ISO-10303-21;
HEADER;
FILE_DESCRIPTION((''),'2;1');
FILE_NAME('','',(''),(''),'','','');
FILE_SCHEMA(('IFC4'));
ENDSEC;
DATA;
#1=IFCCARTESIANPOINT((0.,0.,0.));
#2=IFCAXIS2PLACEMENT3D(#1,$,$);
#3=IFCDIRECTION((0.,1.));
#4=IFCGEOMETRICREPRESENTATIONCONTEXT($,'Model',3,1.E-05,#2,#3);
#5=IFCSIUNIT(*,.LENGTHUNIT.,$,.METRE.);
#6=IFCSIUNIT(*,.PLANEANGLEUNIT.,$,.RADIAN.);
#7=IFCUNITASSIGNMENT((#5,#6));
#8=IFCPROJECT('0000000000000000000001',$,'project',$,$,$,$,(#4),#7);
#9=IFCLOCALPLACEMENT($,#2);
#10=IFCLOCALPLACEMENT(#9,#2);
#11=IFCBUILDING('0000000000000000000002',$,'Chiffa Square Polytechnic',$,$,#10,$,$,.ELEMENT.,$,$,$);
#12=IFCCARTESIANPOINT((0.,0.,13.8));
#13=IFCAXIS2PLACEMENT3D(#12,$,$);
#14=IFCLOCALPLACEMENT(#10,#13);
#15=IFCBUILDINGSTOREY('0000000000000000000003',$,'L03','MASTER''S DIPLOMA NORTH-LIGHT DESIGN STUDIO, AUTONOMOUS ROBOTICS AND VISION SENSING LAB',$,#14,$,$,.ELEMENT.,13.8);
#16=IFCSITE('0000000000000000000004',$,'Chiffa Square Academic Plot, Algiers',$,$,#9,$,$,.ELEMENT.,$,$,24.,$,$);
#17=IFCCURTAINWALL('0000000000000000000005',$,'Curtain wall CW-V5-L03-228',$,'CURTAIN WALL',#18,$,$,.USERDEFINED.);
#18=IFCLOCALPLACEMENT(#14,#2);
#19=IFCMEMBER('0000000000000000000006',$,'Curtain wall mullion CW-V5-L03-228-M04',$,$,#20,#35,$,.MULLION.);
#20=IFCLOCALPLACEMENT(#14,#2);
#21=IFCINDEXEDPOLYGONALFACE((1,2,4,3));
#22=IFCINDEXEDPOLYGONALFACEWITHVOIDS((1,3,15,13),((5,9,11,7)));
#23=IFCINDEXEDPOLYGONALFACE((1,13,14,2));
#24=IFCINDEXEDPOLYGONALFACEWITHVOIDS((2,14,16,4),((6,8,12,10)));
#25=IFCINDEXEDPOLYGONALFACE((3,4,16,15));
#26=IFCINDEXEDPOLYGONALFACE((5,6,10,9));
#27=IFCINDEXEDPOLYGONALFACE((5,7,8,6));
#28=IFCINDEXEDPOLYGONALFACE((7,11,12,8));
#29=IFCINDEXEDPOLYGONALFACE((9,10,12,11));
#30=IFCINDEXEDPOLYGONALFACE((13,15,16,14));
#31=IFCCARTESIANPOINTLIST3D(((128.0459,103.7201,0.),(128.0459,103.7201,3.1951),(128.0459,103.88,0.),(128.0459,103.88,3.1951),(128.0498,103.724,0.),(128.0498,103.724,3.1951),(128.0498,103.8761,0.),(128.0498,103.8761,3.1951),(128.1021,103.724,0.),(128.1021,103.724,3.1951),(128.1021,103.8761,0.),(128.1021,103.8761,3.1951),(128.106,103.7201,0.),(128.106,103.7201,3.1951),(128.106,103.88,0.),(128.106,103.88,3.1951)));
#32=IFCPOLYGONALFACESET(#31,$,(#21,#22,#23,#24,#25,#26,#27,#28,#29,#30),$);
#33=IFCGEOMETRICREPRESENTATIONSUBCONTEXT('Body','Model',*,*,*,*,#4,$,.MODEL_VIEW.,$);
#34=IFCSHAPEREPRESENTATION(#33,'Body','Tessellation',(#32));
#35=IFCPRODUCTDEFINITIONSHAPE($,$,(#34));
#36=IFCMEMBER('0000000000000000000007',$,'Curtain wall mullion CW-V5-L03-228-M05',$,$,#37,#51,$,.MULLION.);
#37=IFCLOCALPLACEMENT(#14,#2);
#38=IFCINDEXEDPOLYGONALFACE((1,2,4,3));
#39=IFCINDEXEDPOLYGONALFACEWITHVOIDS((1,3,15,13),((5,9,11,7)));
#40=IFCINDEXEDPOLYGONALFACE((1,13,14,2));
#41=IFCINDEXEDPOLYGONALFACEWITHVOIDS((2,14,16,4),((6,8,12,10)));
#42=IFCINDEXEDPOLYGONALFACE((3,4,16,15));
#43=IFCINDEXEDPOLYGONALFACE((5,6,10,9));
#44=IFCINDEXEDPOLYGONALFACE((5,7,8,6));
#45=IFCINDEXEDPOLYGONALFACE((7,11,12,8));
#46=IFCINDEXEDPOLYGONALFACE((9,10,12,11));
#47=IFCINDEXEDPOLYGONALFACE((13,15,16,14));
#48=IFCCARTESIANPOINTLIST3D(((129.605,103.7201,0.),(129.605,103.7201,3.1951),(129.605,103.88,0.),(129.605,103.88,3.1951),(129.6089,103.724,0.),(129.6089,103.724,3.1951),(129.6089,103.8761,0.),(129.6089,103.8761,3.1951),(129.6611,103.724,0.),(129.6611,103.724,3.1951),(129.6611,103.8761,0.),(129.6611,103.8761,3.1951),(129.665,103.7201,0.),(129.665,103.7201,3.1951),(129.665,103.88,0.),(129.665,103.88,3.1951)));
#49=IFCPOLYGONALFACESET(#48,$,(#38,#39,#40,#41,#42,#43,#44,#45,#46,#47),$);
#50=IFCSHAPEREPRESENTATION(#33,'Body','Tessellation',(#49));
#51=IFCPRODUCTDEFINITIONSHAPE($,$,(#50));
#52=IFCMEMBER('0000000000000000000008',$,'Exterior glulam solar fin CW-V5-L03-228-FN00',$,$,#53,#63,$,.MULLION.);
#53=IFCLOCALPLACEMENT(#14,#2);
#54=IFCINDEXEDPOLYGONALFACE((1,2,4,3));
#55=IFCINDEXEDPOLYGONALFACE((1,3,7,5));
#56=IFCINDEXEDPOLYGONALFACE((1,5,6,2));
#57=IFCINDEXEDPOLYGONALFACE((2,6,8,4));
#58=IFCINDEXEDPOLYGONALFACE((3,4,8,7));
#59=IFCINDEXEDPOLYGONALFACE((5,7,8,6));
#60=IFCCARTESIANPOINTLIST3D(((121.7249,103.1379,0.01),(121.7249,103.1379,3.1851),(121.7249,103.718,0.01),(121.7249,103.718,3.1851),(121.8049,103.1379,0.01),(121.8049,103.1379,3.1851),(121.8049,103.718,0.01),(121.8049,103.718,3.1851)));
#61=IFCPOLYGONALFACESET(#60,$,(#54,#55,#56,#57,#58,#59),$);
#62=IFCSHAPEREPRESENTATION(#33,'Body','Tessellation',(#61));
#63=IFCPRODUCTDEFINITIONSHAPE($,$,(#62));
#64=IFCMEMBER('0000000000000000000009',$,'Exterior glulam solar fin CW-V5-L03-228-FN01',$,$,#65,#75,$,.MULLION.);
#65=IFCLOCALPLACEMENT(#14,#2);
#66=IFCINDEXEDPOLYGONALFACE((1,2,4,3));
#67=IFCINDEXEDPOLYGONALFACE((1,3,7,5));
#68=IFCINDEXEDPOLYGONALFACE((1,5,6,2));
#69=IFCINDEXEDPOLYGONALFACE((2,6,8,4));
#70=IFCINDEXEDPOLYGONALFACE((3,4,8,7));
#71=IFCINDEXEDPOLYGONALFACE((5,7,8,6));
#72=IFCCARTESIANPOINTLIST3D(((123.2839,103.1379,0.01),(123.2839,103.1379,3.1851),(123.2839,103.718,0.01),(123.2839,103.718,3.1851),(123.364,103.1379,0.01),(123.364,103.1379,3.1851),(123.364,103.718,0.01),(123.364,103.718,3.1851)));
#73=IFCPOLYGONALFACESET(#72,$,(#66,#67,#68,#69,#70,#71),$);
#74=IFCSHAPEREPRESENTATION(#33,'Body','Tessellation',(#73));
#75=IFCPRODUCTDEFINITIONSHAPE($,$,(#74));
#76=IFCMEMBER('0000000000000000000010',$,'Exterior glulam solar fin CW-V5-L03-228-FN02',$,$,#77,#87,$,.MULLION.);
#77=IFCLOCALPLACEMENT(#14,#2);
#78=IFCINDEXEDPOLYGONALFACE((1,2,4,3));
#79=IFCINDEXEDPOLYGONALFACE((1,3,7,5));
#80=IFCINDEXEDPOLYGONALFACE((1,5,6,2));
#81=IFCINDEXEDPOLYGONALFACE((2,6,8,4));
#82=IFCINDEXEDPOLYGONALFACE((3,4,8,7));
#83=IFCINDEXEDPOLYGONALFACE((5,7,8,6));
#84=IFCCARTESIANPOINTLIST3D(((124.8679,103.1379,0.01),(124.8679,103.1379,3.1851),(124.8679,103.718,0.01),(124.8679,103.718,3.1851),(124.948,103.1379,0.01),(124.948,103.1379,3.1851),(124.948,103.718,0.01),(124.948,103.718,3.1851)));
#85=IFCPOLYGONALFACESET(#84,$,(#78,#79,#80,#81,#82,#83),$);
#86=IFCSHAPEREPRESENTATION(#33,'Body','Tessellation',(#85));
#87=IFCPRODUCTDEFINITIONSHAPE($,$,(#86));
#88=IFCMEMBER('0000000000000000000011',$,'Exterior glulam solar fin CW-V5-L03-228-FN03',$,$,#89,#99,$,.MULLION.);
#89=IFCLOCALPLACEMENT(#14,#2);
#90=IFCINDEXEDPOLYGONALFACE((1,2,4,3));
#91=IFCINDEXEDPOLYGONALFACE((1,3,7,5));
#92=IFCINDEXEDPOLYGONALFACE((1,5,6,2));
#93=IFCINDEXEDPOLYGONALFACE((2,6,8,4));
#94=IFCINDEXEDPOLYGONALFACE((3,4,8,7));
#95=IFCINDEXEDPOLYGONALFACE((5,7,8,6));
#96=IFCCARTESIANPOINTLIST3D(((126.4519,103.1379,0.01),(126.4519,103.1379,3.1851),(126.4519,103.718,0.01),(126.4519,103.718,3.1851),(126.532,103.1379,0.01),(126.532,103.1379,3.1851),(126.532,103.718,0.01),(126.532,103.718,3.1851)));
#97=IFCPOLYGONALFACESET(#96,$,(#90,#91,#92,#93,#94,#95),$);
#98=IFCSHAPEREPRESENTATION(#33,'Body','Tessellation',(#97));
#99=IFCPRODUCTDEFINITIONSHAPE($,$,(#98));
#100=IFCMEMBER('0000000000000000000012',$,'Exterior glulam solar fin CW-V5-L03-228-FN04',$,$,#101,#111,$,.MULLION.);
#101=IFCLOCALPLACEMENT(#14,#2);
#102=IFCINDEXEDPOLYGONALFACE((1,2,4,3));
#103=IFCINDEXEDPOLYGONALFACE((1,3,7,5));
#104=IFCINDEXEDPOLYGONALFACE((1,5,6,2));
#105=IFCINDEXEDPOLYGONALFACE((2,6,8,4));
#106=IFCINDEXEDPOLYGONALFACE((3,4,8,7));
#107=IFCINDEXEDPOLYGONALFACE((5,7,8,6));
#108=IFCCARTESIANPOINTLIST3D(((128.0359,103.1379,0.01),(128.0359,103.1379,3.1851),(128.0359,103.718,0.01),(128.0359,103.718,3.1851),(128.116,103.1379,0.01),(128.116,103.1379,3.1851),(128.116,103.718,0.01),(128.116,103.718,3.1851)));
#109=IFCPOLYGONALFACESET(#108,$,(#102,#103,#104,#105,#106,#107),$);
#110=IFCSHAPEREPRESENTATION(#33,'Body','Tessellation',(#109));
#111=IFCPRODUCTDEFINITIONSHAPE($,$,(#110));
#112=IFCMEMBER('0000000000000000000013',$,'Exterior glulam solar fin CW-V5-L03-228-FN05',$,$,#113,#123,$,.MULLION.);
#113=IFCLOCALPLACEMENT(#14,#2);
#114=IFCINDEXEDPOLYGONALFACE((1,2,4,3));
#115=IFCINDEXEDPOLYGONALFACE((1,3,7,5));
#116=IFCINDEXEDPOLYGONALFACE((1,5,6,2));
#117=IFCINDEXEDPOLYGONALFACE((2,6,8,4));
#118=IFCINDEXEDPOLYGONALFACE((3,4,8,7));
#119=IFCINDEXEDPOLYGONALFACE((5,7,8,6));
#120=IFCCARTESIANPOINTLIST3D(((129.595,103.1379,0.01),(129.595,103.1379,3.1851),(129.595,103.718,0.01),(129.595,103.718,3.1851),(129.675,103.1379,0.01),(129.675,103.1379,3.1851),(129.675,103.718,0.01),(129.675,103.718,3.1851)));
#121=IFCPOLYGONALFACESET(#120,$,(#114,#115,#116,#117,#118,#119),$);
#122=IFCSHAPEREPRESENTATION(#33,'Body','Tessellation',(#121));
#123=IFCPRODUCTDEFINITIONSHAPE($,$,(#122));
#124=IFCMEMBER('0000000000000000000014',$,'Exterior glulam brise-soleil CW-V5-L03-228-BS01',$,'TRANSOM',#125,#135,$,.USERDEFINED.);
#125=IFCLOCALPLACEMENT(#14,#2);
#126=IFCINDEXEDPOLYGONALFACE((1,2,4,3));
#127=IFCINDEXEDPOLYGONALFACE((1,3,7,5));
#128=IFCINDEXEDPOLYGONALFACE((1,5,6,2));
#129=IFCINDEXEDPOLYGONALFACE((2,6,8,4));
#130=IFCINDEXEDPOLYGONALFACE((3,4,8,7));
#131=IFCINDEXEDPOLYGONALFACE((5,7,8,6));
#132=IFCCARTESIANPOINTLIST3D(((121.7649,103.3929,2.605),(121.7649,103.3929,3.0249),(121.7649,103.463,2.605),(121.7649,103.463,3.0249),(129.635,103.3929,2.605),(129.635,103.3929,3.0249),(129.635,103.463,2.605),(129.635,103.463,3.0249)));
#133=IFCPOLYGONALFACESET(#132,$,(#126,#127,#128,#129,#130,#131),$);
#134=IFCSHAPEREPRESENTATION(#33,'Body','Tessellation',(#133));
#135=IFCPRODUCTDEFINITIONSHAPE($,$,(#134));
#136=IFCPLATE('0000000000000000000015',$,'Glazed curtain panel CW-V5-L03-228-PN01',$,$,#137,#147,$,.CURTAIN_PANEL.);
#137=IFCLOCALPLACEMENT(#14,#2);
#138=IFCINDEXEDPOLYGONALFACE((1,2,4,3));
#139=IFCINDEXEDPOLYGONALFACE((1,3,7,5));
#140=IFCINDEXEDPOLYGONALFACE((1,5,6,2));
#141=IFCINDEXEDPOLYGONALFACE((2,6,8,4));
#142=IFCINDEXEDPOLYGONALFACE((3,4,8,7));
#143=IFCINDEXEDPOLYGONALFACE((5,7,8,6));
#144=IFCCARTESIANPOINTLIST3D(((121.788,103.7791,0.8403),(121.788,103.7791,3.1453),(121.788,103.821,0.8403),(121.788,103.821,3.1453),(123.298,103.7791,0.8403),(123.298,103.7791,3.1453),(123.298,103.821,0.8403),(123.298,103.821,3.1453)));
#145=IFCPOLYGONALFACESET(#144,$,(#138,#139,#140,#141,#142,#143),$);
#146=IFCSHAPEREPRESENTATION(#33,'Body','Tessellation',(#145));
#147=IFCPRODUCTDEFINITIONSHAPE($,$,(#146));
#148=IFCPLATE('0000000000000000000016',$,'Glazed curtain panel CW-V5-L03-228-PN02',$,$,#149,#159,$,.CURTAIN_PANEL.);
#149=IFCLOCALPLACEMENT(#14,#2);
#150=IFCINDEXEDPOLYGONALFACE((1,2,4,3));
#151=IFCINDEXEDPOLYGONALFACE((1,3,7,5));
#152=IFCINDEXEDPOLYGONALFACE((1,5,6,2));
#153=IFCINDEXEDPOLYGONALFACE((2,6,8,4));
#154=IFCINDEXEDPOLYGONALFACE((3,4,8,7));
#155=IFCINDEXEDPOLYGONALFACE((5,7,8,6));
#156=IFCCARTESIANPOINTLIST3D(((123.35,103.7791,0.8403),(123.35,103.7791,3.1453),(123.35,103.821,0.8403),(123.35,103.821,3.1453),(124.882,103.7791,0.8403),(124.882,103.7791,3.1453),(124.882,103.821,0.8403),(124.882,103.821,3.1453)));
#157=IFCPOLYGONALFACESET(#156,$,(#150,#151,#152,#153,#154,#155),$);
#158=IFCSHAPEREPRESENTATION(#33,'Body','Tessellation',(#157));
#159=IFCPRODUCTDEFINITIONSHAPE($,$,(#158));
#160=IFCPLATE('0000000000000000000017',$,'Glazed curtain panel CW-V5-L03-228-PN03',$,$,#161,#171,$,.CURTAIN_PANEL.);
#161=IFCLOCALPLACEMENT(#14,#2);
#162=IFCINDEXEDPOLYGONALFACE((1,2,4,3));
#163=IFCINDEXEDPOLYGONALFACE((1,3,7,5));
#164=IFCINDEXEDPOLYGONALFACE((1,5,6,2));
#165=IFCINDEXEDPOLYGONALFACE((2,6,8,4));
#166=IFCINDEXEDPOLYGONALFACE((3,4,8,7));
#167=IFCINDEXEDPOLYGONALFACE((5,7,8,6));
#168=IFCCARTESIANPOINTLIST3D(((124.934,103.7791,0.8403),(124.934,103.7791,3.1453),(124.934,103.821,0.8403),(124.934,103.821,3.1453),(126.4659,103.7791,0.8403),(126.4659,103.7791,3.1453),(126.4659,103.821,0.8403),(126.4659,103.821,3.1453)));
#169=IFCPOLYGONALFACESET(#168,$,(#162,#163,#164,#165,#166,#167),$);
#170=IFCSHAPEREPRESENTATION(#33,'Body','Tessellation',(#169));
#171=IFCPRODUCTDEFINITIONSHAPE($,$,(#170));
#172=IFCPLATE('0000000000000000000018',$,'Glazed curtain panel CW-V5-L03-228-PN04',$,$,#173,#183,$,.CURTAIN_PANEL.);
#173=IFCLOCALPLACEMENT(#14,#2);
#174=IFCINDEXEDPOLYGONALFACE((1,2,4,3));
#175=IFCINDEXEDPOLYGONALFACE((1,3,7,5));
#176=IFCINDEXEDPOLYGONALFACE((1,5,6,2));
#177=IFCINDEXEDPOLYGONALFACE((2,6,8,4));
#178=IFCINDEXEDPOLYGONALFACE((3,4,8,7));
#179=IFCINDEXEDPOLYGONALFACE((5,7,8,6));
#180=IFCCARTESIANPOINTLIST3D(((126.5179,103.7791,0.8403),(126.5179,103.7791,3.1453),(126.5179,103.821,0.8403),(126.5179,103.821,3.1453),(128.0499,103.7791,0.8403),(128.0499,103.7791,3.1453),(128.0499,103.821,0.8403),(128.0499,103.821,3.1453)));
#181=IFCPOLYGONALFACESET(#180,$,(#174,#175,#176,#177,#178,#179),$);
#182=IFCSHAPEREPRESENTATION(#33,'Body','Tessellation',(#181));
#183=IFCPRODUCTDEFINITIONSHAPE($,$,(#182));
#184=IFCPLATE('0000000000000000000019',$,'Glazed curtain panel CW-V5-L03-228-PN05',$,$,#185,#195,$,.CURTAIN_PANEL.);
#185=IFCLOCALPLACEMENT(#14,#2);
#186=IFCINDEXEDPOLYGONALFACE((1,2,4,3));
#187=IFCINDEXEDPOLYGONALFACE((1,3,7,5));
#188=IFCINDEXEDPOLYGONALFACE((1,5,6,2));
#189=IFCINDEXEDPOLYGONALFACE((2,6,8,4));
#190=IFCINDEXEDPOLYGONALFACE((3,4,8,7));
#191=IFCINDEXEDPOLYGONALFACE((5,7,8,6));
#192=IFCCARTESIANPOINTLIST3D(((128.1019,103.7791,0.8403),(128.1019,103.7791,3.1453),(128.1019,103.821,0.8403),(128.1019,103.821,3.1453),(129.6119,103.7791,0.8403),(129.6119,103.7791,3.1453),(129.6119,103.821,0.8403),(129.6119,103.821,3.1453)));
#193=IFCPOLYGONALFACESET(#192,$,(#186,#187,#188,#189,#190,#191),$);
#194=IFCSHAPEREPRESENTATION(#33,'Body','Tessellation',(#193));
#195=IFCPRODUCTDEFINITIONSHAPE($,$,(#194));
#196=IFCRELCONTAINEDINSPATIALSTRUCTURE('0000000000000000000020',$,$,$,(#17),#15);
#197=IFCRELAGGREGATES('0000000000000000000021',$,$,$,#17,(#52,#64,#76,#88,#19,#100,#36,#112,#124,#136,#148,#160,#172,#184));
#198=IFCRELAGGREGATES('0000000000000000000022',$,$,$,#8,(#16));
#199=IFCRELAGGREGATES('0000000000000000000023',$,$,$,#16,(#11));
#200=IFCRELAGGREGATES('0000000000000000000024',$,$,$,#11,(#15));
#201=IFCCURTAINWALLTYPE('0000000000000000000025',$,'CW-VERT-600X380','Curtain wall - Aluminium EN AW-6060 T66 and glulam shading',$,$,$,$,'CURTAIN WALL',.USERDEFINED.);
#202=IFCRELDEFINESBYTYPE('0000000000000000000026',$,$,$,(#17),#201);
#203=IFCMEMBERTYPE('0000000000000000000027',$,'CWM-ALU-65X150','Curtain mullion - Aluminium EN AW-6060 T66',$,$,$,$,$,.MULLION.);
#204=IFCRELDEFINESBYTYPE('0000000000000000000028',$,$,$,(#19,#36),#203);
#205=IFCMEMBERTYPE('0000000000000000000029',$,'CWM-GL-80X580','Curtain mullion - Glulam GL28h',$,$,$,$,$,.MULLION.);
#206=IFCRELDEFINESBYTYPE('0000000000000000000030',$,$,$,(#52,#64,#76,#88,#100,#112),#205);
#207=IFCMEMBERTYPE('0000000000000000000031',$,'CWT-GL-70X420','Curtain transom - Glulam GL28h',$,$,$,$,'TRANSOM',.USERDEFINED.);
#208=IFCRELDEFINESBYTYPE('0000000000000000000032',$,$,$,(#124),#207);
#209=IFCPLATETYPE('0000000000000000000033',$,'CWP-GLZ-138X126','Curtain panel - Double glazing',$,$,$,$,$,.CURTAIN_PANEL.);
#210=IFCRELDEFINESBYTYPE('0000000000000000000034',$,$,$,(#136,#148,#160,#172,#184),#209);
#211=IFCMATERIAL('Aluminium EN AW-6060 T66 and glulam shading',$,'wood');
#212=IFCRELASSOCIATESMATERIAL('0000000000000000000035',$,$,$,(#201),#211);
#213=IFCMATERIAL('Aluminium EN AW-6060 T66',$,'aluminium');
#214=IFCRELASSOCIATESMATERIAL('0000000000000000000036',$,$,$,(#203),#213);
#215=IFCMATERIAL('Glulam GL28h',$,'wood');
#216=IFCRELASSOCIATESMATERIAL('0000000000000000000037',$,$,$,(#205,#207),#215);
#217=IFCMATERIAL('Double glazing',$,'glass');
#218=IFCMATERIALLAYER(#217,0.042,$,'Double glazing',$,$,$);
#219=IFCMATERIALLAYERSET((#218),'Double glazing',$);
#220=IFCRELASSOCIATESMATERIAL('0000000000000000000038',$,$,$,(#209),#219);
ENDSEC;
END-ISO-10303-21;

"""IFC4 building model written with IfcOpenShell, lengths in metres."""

from ifc_helpers import new_model, si_unit, direction, frame, origin, origin_2d, place, context, subcontext, project, spatial, rectangle, hollow_rectangle, extrude, material, layer, layer_set, material_profile, profile_set, type_object, element, aggregate, save


model = new_model("IFC4")

# Units and contexts
model_context = context("Model", 3, precision=1e-05, world=origin(), true_north=direction((0.0, 1.0)))
body_context = subcontext(model_context, "Body", "Model", "MODEL_VIEW")
ifc_project = project(units=[si_unit("LENGTHUNIT", "METRE"), si_unit("PLANEANGLEUNIT", "RADIAN")], contexts=[model_context])

# Site, building, storey
site_placement = place(None, origin())
site = spatial("IfcSite", under=ifc_project, at=site_placement, Name="Chiffa Square Academic Plot, Algiers", CompositionType="ELEMENT", RefElevation=24.0)
building_placement = place(site_placement, origin())
building = spatial("IfcBuilding", under=site, at=building_placement, Name="Chiffa Square Polytechnic", CompositionType="ELEMENT")
storey_placement = place(building_placement, frame((0.0, 0.0, 13.8)))
storey = spatial("IfcBuildingStorey", under=building, at=storey_placement, Name="L03", Description="MASTER'S DIPLOMA NORTH-LIGHT DESIGN STUDIO, AUTONOMOUS ROBOTICS AND VISION SENSING LAB", CompositionType="ELEMENT", Elevation=13.8)

# Curtain wall, members, plates
ifc_material_1 = material(Name="Aluminium EN AW-6060 T66 and glulam shading", Category="wood")
curtain_wall_type = type_object("IfcCurtainWallType", Name="CW-VERT-600X380", Description="Curtain wall - Aluminium EN AW-6060 T66 and glulam shading", ElementType="CURTAIN WALL", PredefinedType="USERDEFINED", material=ifc_material_1)
curtain_wall_placement = place(storey_placement, origin())
curtain_wall = element("IfcCurtainWall", 1, at=curtain_wall_placement, inside=storey, type_object=curtain_wall_type, Name="Curtain wall CW-V5-L03-228", ObjectType="CURTAIN WALL", PredefinedType="USERDEFINED")
ifc_material_2 = material(Name="Aluminium EN AW-6060 T66", Category="aluminium")
ifc_material_profile_1 = material_profile(ifc_material_2, hollow_rectangle(XDim=0.0601, YDim=0.1599, WallThickness=0.0039, at=origin_2d()), Name="ALU 60x160x4")
ifc_profile_set_1 = profile_set([ifc_material_profile_1], Name="Aluminium EN AW-6060 T66")
member_type_1 = type_object("IfcMemberType", Name="CWM-ALU-65X150", Description="Curtain mullion - Aluminium EN AW-6060 T66", PredefinedType="MULLION", material=ifc_profile_set_1)
member_1_placement = place(storey_placement, frame((128.0759, 103.8, 0.0), z_axis=(0.0, 0.0, 1.0), x_axis=(1.0, 0.0, 0.0)))
member_1 = element("IfcMember", 2, at=member_1_placement, type_object=member_type_1, Name="Curtain wall mullion CW-V5-L03-228-M04", PredefinedType="MULLION", context=body_context, shape_type="SweptSolid", body=[
    extrude(hollow_rectangle(XDim=0.0601, YDim=0.1599, WallThickness=0.0039, at=origin_2d()), origin(), (0.0, 0.0, 1.0), 3.1951),
])
member_2_placement = place(storey_placement, frame((129.635, 103.8, 0.0), z_axis=(0.0, 0.0, 1.0), x_axis=(1.0, 0.0, 0.0)))
member_2 = element("IfcMember", 3, at=member_2_placement, type_object=member_type_1, Name="Curtain wall mullion CW-V5-L03-228-M05", PredefinedType="MULLION", context=body_context, shape_type="SweptSolid", body=[
    extrude(hollow_rectangle(XDim=0.0601, YDim=0.1599, WallThickness=0.0039, at=origin_2d()), origin(), (0.0, 0.0, 1.0), 3.1951),
])
ifc_material_3 = material(Name="Glulam GL28h", Category="wood")
ifc_material_profile_2 = material_profile(ifc_material_3, rectangle(XDim=0.0801, YDim=0.5801, at=origin_2d()), Name="GL28h 80x580")
ifc_profile_set_2 = profile_set([ifc_material_profile_2], Name="Glulam GL28h")
member_type_2 = type_object("IfcMemberType", Name="CWM-GL-80X580", Description="Curtain mullion - Glulam GL28h", PredefinedType="MULLION", material=ifc_profile_set_2)
member_3_placement = place(storey_placement, frame((121.7649, 103.428, 0.01), z_axis=(0.0, 0.0, 1.0), x_axis=(1.0, 0.0, 0.0)))
member_3 = element("IfcMember", 4, at=member_3_placement, type_object=member_type_2, Name="Exterior glulam solar fin CW-V5-L03-228-FN00", PredefinedType="MULLION", context=body_context, shape_type="SweptSolid", body=[
    extrude(rectangle(XDim=0.0801, YDim=0.5801, at=origin_2d()), origin(), (0.0, 0.0, 1.0), 3.175),
])
member_4_placement = place(storey_placement, frame((123.324, 103.428, 0.01), z_axis=(0.0, 0.0, 1.0), x_axis=(1.0, 0.0, 0.0)))
member_4 = element("IfcMember", 5, at=member_4_placement, type_object=member_type_2, Name="Exterior glulam solar fin CW-V5-L03-228-FN01", PredefinedType="MULLION", context=body_context, shape_type="SweptSolid", body=[
    extrude(rectangle(XDim=0.0801, YDim=0.5801, at=origin_2d()), origin(), (0.0, 0.0, 1.0), 3.175),
])
member_5_placement = place(storey_placement, frame((124.908, 103.428, 0.01), z_axis=(0.0, 0.0, 1.0), x_axis=(1.0, 0.0, 0.0)))
member_5 = element("IfcMember", 6, at=member_5_placement, type_object=member_type_2, Name="Exterior glulam solar fin CW-V5-L03-228-FN02", PredefinedType="MULLION", context=body_context, shape_type="SweptSolid", body=[
    extrude(rectangle(XDim=0.0801, YDim=0.5801, at=origin_2d()), origin(), (0.0, 0.0, 1.0), 3.175),
])
member_6_placement = place(storey_placement, frame((126.4919, 103.428, 0.01), z_axis=(0.0, 0.0, 1.0), x_axis=(1.0, 0.0, 0.0)))
member_6 = element("IfcMember", 7, at=member_6_placement, type_object=member_type_2, Name="Exterior glulam solar fin CW-V5-L03-228-FN03", PredefinedType="MULLION", context=body_context, shape_type="SweptSolid", body=[
    extrude(rectangle(XDim=0.0801, YDim=0.5801, at=origin_2d()), origin(), (0.0, 0.0, 1.0), 3.175),
])
member_7_placement = place(storey_placement, frame((128.0759, 103.428, 0.01), z_axis=(0.0, 0.0, 1.0), x_axis=(1.0, 0.0, 0.0)))
member_7 = element("IfcMember", 8, at=member_7_placement, type_object=member_type_2, Name="Exterior glulam solar fin CW-V5-L03-228-FN04", PredefinedType="MULLION", context=body_context, shape_type="SweptSolid", body=[
    extrude(rectangle(XDim=0.0801, YDim=0.5801, at=origin_2d()), origin(), (0.0, 0.0, 1.0), 3.175),
])
member_8_placement = place(storey_placement, frame((129.635, 103.428, 0.01), z_axis=(0.0, 0.0, 1.0), x_axis=(1.0, 0.0, 0.0)))
member_8 = element("IfcMember", 9, at=member_8_placement, type_object=member_type_2, Name="Exterior glulam solar fin CW-V5-L03-228-FN05", PredefinedType="MULLION", context=body_context, shape_type="SweptSolid", body=[
    extrude(rectangle(XDim=0.0801, YDim=0.5801, at=origin_2d()), origin(), (0.0, 0.0, 1.0), 3.175),
])
ifc_material_profile_3 = material_profile(ifc_material_3, rectangle(XDim=0.0701, YDim=0.4199, at=origin_2d()), Name="GL28h 70x420")
ifc_profile_set_3 = profile_set([ifc_material_profile_3], Name="Glulam GL28h")
member_type_3 = type_object("IfcMemberType", Name="CWT-GL-70X420", Description="Curtain transom - Glulam GL28h", ElementType="TRANSOM", PredefinedType="USERDEFINED", material=ifc_profile_set_3)
member_9_placement = place(storey_placement, frame((121.7649, 103.428, 2.8149), z_axis=(1.0, 0.0, 0.0), x_axis=(0.0, 1.0, 0.0)))
member_9 = element("IfcMember", 10, at=member_9_placement, type_object=member_type_3, Name="Exterior glulam brise-soleil CW-V5-L03-228-BS01", ObjectType="TRANSOM", PredefinedType="USERDEFINED", context=body_context, shape_type="SweptSolid", body=[
    extrude(rectangle(XDim=0.0701, YDim=0.4199, at=origin_2d()), origin(), (0.0, 0.0, 1.0), 7.8701),
])
ifc_material_4 = material(Name="Double glazing", Category="glass")
ifc_layer_1 = layer(ifc_material_4, 0.042, Name="Double glazing")
ifc_layer_set_1 = layer_set([ifc_layer_1], Name="Double glazing")
plate_type_1 = type_object("IfcPlateType", Name="CWP-GLZ-138X126", Description="Curtain panel - Double glazing", PredefinedType="CURTAIN_PANEL", material=ifc_layer_set_1)
plate_1_placement = place(storey_placement, frame((122.543, 103.8, 0.8403), z_axis=(0.0, 0.0, 1.0), x_axis=(1.0, 0.0, 0.0)))
plate_1 = element("IfcPlate", 11, at=plate_1_placement, type_object=plate_type_1, Name="Glazed curtain panel CW-V5-L03-228-PN01", PredefinedType="CURTAIN_PANEL", context=body_context, shape_type="SweptSolid", body=[
    extrude(rectangle(XDim=1.51, YDim=0.042, at=origin_2d()), origin(), (0.0, 0.0, 1.0), 2.3049),
])
plate_2_placement = place(storey_placement, frame((124.116, 103.8, 0.8403), z_axis=(0.0, 0.0, 1.0), x_axis=(1.0, 0.0, 0.0)))
plate_2 = element("IfcPlate", 12, at=plate_2_placement, type_object=plate_type_1, Name="Glazed curtain panel CW-V5-L03-228-PN02", PredefinedType="CURTAIN_PANEL", context=body_context, shape_type="SweptSolid", body=[
    extrude(rectangle(XDim=1.532, YDim=0.042, at=origin_2d()), origin(), (0.0, 0.0, 1.0), 2.3049),
])
plate_3_placement = place(storey_placement, frame((125.7, 103.8, 0.8403), z_axis=(0.0, 0.0, 1.0), x_axis=(1.0, 0.0, 0.0)))
plate_3 = element("IfcPlate", 13, at=plate_3_placement, type_object=plate_type_1, Name="Glazed curtain panel CW-V5-L03-228-PN03", PredefinedType="CURTAIN_PANEL", context=body_context, shape_type="SweptSolid", body=[
    extrude(rectangle(XDim=1.532, YDim=0.042, at=origin_2d()), origin(), (0.0, 0.0, 1.0), 2.3049),
])
plate_4_placement = place(storey_placement, frame((127.2839, 103.8, 0.8403), z_axis=(0.0, 0.0, 1.0), x_axis=(1.0, 0.0, 0.0)))
plate_4 = element("IfcPlate", 14, at=plate_4_placement, type_object=plate_type_1, Name="Glazed curtain panel CW-V5-L03-228-PN04", PredefinedType="CURTAIN_PANEL", context=body_context, shape_type="SweptSolid", body=[
    extrude(rectangle(XDim=1.532, YDim=0.042, at=origin_2d()), origin(), (0.0, 0.0, 1.0), 2.3049),
])
plate_5_placement = place(storey_placement, frame((128.8569, 103.8, 0.8403), z_axis=(0.0, 0.0, 1.0), x_axis=(1.0, 0.0, 0.0)))
plate_5 = element("IfcPlate", 15, at=plate_5_placement, type_object=plate_type_1, Name="Glazed curtain panel CW-V5-L03-228-PN05", PredefinedType="CURTAIN_PANEL", context=body_context, shape_type="SweptSolid", body=[
    extrude(rectangle(XDim=1.51, YDim=0.042, at=origin_2d()), origin(), (0.0, 0.0, 1.0), 2.3049),
])
aggregate(curtain_wall, [member_3, member_4, member_5, member_6, member_1, member_7, member_2, member_8, member_9, plate_1, plate_2, plate_3, plate_4, plate_5])

save(model, "model.ifc")
